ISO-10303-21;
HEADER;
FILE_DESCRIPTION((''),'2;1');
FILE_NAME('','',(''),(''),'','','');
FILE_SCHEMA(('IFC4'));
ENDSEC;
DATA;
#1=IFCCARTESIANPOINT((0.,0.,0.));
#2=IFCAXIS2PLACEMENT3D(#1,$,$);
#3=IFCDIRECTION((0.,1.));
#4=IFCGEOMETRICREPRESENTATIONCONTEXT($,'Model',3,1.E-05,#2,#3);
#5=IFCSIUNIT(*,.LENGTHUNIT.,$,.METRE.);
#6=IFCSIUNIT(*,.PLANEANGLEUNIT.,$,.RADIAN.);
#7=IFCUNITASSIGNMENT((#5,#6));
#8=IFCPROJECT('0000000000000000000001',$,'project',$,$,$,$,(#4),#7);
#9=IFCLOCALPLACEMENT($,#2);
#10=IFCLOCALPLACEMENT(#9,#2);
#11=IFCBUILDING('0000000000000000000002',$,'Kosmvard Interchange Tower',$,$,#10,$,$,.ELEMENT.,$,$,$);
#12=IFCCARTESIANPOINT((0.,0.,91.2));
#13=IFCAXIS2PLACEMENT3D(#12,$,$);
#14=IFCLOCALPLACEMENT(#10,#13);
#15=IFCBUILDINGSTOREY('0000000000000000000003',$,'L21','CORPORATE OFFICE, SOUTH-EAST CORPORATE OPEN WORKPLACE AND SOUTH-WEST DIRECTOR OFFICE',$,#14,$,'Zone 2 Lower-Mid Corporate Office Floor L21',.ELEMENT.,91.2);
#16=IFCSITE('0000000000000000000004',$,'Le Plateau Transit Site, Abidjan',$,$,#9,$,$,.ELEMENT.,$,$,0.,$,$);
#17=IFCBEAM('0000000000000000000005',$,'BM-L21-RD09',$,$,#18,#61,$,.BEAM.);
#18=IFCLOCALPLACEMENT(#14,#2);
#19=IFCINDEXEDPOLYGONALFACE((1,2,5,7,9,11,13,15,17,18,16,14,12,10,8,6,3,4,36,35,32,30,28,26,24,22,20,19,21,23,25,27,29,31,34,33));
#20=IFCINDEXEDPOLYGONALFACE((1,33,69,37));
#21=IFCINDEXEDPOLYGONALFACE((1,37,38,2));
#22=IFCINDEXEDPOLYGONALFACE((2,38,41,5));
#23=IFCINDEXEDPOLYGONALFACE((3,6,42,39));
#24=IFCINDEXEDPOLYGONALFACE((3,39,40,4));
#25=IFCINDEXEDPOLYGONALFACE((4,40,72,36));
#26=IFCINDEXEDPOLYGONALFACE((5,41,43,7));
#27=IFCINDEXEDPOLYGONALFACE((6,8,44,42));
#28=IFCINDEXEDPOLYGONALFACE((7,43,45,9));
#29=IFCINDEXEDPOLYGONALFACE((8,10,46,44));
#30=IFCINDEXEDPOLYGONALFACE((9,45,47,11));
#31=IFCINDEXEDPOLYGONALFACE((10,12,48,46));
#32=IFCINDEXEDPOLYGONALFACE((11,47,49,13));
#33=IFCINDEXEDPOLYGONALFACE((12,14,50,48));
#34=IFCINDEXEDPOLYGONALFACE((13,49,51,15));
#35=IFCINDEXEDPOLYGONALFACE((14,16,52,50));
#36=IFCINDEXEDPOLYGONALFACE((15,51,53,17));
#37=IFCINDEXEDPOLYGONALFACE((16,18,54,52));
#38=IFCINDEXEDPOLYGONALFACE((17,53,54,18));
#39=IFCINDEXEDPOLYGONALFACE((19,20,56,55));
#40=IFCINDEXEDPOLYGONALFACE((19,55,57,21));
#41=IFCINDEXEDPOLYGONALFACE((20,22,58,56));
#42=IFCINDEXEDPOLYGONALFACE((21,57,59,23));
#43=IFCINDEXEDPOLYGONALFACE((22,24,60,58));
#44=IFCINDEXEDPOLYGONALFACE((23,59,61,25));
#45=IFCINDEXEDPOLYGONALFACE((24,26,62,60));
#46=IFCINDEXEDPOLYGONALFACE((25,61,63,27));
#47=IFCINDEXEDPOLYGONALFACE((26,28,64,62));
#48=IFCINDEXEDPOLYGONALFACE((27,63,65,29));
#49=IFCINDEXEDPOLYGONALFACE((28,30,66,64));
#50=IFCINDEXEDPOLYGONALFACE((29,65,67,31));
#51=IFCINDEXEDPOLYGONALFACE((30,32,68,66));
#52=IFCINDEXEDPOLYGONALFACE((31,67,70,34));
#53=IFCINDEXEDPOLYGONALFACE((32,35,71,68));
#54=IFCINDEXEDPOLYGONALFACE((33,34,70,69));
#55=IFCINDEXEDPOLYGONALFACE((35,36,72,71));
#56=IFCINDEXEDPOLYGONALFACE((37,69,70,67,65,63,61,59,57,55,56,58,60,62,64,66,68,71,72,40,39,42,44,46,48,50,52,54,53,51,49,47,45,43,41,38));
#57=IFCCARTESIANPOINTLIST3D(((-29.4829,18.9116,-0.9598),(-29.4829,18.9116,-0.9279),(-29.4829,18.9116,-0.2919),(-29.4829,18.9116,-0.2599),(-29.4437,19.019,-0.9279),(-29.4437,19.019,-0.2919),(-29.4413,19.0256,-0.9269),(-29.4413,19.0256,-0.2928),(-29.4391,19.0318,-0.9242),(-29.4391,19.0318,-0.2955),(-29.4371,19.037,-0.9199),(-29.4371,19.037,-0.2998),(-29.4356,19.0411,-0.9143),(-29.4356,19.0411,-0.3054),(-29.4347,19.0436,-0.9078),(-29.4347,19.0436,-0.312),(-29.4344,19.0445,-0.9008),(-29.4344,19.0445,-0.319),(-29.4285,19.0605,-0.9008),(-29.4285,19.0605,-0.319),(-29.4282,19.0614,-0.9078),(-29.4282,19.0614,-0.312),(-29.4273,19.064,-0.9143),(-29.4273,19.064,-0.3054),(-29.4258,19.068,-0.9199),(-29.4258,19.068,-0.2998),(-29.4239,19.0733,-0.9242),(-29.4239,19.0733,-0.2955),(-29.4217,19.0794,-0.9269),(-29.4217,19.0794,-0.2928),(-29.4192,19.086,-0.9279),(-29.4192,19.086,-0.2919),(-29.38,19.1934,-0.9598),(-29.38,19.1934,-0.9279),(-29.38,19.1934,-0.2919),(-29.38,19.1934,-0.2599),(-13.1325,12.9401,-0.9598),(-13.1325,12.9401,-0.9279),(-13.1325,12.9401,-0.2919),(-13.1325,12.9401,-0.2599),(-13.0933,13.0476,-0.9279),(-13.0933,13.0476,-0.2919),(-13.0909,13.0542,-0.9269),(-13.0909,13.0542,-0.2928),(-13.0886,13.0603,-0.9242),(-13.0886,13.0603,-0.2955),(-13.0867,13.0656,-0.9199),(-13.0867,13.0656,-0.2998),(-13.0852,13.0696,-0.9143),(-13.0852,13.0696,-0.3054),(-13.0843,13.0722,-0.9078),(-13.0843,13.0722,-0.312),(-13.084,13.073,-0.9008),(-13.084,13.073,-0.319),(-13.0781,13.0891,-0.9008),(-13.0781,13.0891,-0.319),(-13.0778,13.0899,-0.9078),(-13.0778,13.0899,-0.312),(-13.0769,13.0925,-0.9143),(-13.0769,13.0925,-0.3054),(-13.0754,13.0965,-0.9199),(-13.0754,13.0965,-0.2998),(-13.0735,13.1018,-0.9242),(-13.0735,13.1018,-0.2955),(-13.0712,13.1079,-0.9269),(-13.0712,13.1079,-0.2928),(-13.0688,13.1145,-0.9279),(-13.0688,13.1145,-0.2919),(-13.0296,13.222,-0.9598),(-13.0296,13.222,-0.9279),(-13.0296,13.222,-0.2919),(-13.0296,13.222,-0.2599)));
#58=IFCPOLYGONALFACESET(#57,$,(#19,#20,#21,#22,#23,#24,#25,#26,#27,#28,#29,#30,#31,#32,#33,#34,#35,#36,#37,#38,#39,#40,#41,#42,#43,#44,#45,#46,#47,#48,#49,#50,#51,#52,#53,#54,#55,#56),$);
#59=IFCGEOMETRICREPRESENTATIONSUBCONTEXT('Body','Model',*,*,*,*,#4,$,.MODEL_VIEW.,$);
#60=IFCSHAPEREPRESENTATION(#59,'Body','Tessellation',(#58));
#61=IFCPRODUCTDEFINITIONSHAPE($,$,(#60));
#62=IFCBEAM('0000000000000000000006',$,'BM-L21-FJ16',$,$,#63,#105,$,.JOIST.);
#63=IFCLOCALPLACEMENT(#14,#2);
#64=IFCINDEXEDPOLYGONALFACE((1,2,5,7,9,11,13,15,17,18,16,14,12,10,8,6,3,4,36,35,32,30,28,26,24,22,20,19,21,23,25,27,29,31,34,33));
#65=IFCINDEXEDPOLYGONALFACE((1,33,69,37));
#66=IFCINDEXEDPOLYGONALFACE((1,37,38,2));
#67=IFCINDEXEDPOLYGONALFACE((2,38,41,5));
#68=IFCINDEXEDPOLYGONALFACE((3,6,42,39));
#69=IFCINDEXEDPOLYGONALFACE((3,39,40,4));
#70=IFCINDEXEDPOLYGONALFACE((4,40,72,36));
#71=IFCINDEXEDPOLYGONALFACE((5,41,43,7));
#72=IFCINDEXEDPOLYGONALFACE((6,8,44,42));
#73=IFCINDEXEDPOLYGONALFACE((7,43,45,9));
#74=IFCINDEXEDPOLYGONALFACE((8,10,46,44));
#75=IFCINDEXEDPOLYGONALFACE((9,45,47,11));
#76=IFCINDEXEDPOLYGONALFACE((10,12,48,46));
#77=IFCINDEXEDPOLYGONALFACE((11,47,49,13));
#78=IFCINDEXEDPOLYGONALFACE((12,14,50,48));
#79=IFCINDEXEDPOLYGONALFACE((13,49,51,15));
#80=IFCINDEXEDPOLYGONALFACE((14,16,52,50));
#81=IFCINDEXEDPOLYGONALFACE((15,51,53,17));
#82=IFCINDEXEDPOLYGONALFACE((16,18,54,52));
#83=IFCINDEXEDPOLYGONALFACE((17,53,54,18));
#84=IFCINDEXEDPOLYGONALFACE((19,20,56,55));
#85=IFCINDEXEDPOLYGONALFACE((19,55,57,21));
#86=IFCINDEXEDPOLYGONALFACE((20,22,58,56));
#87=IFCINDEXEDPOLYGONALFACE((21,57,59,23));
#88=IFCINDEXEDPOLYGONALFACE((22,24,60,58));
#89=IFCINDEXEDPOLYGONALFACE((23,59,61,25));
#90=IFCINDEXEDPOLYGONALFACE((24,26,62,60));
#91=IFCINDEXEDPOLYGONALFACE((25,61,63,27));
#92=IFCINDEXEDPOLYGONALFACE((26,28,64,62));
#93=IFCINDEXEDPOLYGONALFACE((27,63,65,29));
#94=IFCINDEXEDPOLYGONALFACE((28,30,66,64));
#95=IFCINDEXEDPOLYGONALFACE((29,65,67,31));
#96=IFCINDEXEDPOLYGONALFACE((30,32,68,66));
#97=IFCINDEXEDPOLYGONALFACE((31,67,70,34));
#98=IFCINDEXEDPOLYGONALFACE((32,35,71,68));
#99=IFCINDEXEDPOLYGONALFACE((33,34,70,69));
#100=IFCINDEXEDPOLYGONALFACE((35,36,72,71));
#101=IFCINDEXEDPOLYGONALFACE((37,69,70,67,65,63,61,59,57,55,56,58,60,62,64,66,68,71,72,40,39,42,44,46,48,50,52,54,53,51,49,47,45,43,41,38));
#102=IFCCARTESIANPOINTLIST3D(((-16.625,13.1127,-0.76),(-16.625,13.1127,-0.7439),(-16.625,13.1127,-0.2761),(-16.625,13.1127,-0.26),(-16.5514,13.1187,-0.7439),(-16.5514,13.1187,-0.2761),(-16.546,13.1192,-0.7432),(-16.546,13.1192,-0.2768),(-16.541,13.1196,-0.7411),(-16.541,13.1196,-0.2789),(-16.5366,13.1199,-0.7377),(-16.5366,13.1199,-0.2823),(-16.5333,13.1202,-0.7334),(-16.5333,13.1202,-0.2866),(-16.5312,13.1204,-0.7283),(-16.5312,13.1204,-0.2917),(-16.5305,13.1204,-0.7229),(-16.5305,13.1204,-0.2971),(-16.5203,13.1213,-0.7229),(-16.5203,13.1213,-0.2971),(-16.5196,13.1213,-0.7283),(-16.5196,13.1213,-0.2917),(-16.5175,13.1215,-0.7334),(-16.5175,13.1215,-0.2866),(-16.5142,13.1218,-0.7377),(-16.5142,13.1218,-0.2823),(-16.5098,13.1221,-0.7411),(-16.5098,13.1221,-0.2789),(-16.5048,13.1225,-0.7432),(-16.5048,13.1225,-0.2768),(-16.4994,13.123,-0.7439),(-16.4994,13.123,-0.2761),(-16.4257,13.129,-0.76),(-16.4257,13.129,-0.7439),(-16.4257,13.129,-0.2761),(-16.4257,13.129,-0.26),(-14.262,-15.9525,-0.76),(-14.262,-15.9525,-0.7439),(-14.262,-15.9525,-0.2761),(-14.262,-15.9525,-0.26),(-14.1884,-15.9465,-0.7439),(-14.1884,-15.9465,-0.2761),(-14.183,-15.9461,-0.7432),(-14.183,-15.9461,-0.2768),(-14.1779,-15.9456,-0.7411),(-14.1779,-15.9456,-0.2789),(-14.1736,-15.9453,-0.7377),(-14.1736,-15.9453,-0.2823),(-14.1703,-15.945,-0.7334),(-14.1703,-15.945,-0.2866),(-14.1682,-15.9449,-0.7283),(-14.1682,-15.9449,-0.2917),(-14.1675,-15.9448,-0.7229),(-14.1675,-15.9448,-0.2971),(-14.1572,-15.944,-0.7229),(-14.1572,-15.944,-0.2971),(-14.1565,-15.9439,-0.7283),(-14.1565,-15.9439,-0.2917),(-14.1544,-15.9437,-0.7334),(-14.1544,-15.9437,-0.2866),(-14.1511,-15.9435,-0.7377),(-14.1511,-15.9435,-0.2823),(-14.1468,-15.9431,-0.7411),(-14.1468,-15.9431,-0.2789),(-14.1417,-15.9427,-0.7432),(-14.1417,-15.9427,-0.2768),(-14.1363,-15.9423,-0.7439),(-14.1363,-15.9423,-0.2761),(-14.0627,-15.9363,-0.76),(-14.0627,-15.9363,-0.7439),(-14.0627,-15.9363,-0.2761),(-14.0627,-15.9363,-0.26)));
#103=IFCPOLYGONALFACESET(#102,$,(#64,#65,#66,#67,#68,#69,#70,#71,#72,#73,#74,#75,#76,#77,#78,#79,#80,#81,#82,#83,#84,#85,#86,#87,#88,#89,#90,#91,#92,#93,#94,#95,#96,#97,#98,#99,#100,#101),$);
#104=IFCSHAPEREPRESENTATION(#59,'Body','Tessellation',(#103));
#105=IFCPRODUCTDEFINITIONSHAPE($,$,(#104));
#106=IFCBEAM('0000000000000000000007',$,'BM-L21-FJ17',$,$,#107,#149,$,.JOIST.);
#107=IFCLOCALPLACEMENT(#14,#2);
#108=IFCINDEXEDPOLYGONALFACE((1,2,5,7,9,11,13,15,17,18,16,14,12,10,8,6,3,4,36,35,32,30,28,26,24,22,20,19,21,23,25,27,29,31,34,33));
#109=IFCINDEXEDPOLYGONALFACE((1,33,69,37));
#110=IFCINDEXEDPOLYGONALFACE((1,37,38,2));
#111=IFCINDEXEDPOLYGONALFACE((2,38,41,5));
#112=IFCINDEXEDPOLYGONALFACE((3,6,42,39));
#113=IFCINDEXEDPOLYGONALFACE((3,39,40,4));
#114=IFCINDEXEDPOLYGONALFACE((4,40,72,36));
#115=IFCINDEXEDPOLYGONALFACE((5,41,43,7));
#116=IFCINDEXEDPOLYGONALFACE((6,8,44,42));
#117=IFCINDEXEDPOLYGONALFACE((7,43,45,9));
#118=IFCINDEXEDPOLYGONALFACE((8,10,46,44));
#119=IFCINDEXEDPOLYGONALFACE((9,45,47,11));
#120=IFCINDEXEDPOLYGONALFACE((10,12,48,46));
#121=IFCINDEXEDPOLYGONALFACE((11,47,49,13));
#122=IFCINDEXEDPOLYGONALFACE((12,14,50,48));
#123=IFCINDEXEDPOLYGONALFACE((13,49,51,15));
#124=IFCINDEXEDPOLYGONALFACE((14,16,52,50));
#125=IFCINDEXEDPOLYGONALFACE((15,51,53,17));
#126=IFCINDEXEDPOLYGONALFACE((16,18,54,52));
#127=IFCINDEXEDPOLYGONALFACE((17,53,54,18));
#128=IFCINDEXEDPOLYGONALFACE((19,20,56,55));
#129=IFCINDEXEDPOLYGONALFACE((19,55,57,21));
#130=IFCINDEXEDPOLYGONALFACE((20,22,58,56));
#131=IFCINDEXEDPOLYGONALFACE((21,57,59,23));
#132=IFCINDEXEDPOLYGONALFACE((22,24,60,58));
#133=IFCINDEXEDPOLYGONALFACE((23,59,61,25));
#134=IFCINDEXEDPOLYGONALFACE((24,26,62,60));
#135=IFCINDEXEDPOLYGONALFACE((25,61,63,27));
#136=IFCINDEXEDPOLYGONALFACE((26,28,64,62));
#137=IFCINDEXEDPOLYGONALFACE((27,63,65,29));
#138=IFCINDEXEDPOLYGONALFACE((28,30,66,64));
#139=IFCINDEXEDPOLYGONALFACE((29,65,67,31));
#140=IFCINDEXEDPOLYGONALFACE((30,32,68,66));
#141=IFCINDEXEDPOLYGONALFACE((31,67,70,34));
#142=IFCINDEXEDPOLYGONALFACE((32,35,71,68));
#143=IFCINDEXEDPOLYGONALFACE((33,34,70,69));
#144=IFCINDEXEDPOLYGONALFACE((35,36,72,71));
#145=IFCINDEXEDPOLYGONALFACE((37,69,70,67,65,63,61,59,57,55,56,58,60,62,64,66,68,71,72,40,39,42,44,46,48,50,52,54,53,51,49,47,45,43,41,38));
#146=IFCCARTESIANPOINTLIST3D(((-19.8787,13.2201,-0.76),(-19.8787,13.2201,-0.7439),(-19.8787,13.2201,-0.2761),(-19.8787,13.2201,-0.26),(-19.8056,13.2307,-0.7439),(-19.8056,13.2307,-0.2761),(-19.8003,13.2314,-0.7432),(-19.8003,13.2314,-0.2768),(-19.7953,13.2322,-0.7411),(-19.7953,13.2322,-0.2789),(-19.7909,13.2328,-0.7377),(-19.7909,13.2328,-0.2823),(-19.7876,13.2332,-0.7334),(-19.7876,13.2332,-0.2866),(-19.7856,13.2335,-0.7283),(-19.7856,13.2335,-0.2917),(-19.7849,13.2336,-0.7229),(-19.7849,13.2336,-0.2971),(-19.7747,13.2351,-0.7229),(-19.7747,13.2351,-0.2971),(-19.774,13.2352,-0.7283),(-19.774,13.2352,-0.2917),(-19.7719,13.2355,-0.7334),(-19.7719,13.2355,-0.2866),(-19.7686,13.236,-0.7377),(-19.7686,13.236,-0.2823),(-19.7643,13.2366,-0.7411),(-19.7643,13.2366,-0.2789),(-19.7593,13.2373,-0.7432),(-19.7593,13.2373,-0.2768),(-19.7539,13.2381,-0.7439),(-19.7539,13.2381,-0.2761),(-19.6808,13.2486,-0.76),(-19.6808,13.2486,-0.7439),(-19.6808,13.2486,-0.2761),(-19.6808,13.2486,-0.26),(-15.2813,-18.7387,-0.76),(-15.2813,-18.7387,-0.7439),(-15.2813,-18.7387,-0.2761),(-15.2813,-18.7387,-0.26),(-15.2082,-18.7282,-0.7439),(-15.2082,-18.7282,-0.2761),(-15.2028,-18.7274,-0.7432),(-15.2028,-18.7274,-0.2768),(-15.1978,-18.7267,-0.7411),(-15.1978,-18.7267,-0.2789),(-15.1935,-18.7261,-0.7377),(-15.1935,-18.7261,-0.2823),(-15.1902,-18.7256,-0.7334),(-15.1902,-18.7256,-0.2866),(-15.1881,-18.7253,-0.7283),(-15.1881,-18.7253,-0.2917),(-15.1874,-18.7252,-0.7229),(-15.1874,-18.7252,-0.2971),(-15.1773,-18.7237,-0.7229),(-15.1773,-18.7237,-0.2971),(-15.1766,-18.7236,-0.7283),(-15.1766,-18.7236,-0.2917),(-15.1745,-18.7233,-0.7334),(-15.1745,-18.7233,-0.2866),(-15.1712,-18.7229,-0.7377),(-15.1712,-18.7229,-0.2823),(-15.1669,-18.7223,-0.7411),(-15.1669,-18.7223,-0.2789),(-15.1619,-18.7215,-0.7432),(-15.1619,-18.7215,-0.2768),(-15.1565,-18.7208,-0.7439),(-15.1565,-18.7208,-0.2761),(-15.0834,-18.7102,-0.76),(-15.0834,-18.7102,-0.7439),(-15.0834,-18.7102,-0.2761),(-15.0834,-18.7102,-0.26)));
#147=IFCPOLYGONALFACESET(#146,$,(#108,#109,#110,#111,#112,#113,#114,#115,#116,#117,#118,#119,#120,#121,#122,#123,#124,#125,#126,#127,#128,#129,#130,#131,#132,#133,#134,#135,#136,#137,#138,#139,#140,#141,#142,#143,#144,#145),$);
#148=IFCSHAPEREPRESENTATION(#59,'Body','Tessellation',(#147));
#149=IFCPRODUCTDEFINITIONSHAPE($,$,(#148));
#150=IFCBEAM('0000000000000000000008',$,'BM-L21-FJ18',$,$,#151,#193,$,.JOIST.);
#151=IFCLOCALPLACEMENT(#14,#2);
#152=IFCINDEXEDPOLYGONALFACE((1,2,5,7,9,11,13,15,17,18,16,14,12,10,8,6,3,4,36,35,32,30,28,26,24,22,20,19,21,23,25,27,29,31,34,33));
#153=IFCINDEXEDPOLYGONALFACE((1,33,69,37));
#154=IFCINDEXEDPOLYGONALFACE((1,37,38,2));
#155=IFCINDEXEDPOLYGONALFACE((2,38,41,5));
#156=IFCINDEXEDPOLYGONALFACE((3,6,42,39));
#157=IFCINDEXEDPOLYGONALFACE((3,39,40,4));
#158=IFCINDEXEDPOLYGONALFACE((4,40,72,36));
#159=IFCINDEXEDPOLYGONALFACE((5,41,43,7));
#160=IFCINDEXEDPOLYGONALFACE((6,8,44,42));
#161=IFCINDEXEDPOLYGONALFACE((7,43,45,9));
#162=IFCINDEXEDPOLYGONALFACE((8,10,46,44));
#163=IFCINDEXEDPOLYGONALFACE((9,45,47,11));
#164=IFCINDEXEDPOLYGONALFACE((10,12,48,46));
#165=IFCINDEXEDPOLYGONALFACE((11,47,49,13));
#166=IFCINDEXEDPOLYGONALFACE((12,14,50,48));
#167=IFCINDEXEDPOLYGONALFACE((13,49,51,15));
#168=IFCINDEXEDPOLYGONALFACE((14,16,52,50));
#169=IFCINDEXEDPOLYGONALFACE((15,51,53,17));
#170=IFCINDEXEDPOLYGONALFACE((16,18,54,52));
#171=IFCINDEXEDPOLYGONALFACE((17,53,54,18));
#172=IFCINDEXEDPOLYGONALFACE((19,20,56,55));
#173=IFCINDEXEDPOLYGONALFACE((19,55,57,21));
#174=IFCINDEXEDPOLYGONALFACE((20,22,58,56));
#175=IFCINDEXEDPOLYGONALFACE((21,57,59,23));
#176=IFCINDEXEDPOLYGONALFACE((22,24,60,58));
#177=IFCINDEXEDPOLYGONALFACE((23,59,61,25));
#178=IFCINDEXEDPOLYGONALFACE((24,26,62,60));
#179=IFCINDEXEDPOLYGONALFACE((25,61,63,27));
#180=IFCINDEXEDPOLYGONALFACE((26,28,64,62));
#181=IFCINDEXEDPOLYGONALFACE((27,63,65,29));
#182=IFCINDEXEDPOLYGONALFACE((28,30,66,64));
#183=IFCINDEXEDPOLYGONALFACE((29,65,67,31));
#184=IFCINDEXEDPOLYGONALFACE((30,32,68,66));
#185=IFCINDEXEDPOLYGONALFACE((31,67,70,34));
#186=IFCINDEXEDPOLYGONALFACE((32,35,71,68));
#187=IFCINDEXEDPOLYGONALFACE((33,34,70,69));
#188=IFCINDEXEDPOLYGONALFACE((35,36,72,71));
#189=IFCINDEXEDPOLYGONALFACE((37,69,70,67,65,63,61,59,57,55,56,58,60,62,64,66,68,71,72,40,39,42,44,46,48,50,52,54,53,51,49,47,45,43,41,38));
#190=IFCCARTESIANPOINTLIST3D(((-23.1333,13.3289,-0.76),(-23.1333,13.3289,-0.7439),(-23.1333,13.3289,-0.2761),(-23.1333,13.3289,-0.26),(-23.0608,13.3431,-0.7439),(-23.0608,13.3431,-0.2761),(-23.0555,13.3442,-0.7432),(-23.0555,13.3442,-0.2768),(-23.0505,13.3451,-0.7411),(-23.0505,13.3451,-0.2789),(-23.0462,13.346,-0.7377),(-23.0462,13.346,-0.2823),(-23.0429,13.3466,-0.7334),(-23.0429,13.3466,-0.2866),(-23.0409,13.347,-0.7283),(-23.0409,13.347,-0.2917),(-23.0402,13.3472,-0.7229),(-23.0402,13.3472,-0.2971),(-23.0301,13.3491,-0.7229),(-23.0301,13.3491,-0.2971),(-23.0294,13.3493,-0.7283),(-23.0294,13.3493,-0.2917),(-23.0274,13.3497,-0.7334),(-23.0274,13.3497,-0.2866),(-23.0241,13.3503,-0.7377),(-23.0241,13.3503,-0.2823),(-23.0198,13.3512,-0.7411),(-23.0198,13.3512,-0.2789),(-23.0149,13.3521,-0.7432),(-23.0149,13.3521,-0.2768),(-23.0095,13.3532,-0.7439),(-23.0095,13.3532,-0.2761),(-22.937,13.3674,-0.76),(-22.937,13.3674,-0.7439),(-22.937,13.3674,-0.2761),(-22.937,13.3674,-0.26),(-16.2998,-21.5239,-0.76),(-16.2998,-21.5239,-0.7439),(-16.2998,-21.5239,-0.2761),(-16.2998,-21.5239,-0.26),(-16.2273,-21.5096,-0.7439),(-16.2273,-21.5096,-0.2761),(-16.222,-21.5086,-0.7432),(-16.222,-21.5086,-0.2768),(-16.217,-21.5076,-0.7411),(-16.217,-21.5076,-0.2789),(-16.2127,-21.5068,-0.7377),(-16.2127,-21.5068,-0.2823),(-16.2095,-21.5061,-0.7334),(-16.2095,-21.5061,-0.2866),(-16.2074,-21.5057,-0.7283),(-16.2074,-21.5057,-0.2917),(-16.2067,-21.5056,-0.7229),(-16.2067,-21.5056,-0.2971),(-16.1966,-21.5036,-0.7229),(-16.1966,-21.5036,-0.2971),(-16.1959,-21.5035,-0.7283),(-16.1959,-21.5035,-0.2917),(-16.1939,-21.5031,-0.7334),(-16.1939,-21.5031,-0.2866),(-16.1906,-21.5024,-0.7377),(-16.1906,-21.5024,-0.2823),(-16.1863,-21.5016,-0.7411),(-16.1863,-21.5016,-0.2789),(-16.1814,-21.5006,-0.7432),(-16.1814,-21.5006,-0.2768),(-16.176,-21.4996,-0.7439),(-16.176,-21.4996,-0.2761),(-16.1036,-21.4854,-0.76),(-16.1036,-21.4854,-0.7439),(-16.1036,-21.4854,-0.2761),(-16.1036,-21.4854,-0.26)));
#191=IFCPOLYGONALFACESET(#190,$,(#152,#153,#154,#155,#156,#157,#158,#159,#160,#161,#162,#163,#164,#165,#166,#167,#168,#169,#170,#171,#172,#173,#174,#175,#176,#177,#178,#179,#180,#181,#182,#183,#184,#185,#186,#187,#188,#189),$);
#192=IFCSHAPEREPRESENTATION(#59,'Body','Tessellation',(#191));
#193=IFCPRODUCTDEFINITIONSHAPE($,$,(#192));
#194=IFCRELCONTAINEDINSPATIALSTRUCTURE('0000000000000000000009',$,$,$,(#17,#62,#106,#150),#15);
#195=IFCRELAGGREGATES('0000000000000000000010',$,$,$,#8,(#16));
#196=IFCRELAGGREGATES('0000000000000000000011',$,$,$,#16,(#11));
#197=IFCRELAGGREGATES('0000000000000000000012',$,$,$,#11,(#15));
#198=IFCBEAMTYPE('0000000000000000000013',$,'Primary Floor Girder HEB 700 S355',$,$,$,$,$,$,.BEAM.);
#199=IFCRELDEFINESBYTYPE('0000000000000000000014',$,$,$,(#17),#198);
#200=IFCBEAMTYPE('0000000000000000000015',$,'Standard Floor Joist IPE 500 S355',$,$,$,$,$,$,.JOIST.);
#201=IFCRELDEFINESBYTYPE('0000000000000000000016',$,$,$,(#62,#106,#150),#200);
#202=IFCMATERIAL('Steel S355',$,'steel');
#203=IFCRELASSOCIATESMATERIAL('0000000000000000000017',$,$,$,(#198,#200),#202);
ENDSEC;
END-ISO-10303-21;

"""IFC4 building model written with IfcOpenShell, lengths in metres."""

from ifc_helpers import new_model, si_unit, direction, frame, origin, origin_2d, place, context, subcontext, project, spatial, i_section, extrude, source, transform, mapped, material, material_profile, profile_set, type_object, element, save


model = new_model("IFC4")

# Units and contexts
model_context = context("Model", 3, precision=1e-05, world=origin(), true_north=direction((0.0, 1.0)))
body_context = subcontext(model_context, "Body", "Model", "MODEL_VIEW")
ifc_project = project(units=[si_unit("LENGTHUNIT", "METRE"), si_unit("PLANEANGLEUNIT", "RADIAN")], contexts=[model_context])

# Site, building, storey
site_placement = place(None, origin())
site = spatial("IfcSite", under=ifc_project, at=site_placement, Name="Le Plateau Transit Site, Abidjan", CompositionType="ELEMENT", RefElevation=0.0)
building_placement = place(site_placement, origin())
building = spatial("IfcBuilding", under=site, at=building_placement, Name="Kosmvard Interchange Tower", CompositionType="ELEMENT")
storey_placement = place(building_placement, frame((0.0, 0.0, 91.2)))
storey = spatial("IfcBuildingStorey", under=building, at=storey_placement, Name="L21", Description="CORPORATE OFFICE, SOUTH-EAST CORPORATE OPEN WORKPLACE AND SOUTH-WEST DIRECTOR OFFICE", LongName="Zone 2 Lower-Mid Corporate Office Floor L21", CompositionType="ELEMENT", Elevation=91.2)

# Beams
ifc_material_1 = material(Name="Steel S355", Category="steel")
ifc_material_profile_1 = material_profile(ifc_material_1, i_section(OverallWidth=0.3, OverallDepth=0.7, WebThickness=0.0171, FlangeThickness=0.032, FilletRadius=0.0271, at=origin_2d()), Name="HEB 700")
ifc_profile_set_1 = profile_set([ifc_material_profile_1], Name="Steel S355")
beam_type_1 = type_object("IfcBeamType", Name="Primary Floor Girder HEB 700 S355", PredefinedType="BEAM", material=ifc_profile_set_1)
shared_shape_1 = source(origin(), body_context, "Body", "SweptSolid", [
    extrude(i_section(OverallWidth=0.3, OverallDepth=0.7, WebThickness=0.0171, FlangeThickness=0.032, FilletRadius=0.0271, at=origin_2d()), origin(), (0.0, 0.0, 1.0), 17.4067),
])
beam_1_placement = place(storey_placement, frame((-13.0811, 13.0811, -0.6099), z_axis=(-0.939315, 0.343055, 0.0), x_axis=(-0.343055, -0.939315, 0.0)))
element("IfcBeam", 1, at=beam_1_placement, inside=storey, type_object=beam_type_1, Name="BM-L21-RD09", PredefinedType="BEAM", context=body_context, shape_type="MappedRepresentation", body=[
    mapped(shared_shape_1, transform((0.0, 0.0, 0.0), scale=1.0)),
])
ifc_material_profile_2 = material_profile(ifc_material_1, i_section(OverallWidth=0.2, OverallDepth=0.5, WebThickness=0.0103, FlangeThickness=0.0161, FilletRadius=0.021, at=origin_2d()), Name="IPE 500")
ifc_profile_set_2 = profile_set([ifc_material_profile_2], Name="Steel S355")
beam_type_2 = type_object("IfcBeamType", Name="Standard Floor Joist IPE 500 S355", PredefinedType="JOIST", material=ifc_profile_set_2)
shared_shape_2 = source(origin(), body_context, "Body", "SweptSolid", [
    extrude(i_section(OverallWidth=0.2, OverallDepth=0.5, WebThickness=0.0103, FlangeThickness=0.0161, FilletRadius=0.021, at=origin_2d()), origin(), (0.0, 0.0, 1.0), 29.1611),
])
beam_2_placement = place(storey_placement, frame((-16.5254, 13.1208, -0.51), z_axis=(0.081034, -0.996711, 0.0), x_axis=(0.996711, 0.081034, 0.0)))
element("IfcBeam", 2, at=beam_2_placement, inside=storey, type_object=beam_type_2, Name="BM-L21-FJ16", PredefinedType="JOIST", context=body_context, shape_type="MappedRepresentation", body=[
    mapped(shared_shape_2, transform((0.0, 0.0, 0.0), scale=1.0)),
])
shared_shape_3 = source(origin(), body_context, "Body", "SweptSolid", [
    extrude(i_section(OverallWidth=0.2, OverallDepth=0.5, WebThickness=0.0103, FlangeThickness=0.0161, FilletRadius=0.021, at=origin_2d()), origin(), (0.0, 0.0, 1.0), 32.2878),
])
beam_3_placement = place(storey_placement, frame((-19.7798, 13.2344, -0.51), z_axis=(0.142389, -0.989811, 0.0), x_axis=(0.989811, 0.142389, 0.0)))
element("IfcBeam", 3, at=beam_3_placement, inside=storey, type_object=beam_type_2, Name="BM-L21-FJ17", PredefinedType="JOIST", context=body_context, shape_type="MappedRepresentation", body=[
    mapped(shared_shape_3, transform((0.0, 0.0, 0.0), scale=1.0)),
])
shared_shape_4 = source(origin(), body_context, "Body", "SweptSolid", [
    extrude(i_section(OverallWidth=0.2, OverallDepth=0.5, WebThickness=0.0103, FlangeThickness=0.0161, FilletRadius=0.021, at=origin_2d()), origin(), (0.0, 0.0, 1.0), 35.5164),
])
beam_4_placement = place(storey_placement, frame((-23.0352, 13.3481, -0.51), z_axis=(0.192404, -0.981316, 0.0), x_axis=(0.981316, 0.192404, 0.0)))
element("IfcBeam", 4, at=beam_4_placement, inside=storey, type_object=beam_type_2, Name="BM-L21-FJ18", PredefinedType="JOIST", context=body_context, shape_type="MappedRepresentation", body=[
    mapped(shared_shape_4, transform((0.0, 0.0, 0.0), scale=1.0)),
])

save(model, "model.ifc")
